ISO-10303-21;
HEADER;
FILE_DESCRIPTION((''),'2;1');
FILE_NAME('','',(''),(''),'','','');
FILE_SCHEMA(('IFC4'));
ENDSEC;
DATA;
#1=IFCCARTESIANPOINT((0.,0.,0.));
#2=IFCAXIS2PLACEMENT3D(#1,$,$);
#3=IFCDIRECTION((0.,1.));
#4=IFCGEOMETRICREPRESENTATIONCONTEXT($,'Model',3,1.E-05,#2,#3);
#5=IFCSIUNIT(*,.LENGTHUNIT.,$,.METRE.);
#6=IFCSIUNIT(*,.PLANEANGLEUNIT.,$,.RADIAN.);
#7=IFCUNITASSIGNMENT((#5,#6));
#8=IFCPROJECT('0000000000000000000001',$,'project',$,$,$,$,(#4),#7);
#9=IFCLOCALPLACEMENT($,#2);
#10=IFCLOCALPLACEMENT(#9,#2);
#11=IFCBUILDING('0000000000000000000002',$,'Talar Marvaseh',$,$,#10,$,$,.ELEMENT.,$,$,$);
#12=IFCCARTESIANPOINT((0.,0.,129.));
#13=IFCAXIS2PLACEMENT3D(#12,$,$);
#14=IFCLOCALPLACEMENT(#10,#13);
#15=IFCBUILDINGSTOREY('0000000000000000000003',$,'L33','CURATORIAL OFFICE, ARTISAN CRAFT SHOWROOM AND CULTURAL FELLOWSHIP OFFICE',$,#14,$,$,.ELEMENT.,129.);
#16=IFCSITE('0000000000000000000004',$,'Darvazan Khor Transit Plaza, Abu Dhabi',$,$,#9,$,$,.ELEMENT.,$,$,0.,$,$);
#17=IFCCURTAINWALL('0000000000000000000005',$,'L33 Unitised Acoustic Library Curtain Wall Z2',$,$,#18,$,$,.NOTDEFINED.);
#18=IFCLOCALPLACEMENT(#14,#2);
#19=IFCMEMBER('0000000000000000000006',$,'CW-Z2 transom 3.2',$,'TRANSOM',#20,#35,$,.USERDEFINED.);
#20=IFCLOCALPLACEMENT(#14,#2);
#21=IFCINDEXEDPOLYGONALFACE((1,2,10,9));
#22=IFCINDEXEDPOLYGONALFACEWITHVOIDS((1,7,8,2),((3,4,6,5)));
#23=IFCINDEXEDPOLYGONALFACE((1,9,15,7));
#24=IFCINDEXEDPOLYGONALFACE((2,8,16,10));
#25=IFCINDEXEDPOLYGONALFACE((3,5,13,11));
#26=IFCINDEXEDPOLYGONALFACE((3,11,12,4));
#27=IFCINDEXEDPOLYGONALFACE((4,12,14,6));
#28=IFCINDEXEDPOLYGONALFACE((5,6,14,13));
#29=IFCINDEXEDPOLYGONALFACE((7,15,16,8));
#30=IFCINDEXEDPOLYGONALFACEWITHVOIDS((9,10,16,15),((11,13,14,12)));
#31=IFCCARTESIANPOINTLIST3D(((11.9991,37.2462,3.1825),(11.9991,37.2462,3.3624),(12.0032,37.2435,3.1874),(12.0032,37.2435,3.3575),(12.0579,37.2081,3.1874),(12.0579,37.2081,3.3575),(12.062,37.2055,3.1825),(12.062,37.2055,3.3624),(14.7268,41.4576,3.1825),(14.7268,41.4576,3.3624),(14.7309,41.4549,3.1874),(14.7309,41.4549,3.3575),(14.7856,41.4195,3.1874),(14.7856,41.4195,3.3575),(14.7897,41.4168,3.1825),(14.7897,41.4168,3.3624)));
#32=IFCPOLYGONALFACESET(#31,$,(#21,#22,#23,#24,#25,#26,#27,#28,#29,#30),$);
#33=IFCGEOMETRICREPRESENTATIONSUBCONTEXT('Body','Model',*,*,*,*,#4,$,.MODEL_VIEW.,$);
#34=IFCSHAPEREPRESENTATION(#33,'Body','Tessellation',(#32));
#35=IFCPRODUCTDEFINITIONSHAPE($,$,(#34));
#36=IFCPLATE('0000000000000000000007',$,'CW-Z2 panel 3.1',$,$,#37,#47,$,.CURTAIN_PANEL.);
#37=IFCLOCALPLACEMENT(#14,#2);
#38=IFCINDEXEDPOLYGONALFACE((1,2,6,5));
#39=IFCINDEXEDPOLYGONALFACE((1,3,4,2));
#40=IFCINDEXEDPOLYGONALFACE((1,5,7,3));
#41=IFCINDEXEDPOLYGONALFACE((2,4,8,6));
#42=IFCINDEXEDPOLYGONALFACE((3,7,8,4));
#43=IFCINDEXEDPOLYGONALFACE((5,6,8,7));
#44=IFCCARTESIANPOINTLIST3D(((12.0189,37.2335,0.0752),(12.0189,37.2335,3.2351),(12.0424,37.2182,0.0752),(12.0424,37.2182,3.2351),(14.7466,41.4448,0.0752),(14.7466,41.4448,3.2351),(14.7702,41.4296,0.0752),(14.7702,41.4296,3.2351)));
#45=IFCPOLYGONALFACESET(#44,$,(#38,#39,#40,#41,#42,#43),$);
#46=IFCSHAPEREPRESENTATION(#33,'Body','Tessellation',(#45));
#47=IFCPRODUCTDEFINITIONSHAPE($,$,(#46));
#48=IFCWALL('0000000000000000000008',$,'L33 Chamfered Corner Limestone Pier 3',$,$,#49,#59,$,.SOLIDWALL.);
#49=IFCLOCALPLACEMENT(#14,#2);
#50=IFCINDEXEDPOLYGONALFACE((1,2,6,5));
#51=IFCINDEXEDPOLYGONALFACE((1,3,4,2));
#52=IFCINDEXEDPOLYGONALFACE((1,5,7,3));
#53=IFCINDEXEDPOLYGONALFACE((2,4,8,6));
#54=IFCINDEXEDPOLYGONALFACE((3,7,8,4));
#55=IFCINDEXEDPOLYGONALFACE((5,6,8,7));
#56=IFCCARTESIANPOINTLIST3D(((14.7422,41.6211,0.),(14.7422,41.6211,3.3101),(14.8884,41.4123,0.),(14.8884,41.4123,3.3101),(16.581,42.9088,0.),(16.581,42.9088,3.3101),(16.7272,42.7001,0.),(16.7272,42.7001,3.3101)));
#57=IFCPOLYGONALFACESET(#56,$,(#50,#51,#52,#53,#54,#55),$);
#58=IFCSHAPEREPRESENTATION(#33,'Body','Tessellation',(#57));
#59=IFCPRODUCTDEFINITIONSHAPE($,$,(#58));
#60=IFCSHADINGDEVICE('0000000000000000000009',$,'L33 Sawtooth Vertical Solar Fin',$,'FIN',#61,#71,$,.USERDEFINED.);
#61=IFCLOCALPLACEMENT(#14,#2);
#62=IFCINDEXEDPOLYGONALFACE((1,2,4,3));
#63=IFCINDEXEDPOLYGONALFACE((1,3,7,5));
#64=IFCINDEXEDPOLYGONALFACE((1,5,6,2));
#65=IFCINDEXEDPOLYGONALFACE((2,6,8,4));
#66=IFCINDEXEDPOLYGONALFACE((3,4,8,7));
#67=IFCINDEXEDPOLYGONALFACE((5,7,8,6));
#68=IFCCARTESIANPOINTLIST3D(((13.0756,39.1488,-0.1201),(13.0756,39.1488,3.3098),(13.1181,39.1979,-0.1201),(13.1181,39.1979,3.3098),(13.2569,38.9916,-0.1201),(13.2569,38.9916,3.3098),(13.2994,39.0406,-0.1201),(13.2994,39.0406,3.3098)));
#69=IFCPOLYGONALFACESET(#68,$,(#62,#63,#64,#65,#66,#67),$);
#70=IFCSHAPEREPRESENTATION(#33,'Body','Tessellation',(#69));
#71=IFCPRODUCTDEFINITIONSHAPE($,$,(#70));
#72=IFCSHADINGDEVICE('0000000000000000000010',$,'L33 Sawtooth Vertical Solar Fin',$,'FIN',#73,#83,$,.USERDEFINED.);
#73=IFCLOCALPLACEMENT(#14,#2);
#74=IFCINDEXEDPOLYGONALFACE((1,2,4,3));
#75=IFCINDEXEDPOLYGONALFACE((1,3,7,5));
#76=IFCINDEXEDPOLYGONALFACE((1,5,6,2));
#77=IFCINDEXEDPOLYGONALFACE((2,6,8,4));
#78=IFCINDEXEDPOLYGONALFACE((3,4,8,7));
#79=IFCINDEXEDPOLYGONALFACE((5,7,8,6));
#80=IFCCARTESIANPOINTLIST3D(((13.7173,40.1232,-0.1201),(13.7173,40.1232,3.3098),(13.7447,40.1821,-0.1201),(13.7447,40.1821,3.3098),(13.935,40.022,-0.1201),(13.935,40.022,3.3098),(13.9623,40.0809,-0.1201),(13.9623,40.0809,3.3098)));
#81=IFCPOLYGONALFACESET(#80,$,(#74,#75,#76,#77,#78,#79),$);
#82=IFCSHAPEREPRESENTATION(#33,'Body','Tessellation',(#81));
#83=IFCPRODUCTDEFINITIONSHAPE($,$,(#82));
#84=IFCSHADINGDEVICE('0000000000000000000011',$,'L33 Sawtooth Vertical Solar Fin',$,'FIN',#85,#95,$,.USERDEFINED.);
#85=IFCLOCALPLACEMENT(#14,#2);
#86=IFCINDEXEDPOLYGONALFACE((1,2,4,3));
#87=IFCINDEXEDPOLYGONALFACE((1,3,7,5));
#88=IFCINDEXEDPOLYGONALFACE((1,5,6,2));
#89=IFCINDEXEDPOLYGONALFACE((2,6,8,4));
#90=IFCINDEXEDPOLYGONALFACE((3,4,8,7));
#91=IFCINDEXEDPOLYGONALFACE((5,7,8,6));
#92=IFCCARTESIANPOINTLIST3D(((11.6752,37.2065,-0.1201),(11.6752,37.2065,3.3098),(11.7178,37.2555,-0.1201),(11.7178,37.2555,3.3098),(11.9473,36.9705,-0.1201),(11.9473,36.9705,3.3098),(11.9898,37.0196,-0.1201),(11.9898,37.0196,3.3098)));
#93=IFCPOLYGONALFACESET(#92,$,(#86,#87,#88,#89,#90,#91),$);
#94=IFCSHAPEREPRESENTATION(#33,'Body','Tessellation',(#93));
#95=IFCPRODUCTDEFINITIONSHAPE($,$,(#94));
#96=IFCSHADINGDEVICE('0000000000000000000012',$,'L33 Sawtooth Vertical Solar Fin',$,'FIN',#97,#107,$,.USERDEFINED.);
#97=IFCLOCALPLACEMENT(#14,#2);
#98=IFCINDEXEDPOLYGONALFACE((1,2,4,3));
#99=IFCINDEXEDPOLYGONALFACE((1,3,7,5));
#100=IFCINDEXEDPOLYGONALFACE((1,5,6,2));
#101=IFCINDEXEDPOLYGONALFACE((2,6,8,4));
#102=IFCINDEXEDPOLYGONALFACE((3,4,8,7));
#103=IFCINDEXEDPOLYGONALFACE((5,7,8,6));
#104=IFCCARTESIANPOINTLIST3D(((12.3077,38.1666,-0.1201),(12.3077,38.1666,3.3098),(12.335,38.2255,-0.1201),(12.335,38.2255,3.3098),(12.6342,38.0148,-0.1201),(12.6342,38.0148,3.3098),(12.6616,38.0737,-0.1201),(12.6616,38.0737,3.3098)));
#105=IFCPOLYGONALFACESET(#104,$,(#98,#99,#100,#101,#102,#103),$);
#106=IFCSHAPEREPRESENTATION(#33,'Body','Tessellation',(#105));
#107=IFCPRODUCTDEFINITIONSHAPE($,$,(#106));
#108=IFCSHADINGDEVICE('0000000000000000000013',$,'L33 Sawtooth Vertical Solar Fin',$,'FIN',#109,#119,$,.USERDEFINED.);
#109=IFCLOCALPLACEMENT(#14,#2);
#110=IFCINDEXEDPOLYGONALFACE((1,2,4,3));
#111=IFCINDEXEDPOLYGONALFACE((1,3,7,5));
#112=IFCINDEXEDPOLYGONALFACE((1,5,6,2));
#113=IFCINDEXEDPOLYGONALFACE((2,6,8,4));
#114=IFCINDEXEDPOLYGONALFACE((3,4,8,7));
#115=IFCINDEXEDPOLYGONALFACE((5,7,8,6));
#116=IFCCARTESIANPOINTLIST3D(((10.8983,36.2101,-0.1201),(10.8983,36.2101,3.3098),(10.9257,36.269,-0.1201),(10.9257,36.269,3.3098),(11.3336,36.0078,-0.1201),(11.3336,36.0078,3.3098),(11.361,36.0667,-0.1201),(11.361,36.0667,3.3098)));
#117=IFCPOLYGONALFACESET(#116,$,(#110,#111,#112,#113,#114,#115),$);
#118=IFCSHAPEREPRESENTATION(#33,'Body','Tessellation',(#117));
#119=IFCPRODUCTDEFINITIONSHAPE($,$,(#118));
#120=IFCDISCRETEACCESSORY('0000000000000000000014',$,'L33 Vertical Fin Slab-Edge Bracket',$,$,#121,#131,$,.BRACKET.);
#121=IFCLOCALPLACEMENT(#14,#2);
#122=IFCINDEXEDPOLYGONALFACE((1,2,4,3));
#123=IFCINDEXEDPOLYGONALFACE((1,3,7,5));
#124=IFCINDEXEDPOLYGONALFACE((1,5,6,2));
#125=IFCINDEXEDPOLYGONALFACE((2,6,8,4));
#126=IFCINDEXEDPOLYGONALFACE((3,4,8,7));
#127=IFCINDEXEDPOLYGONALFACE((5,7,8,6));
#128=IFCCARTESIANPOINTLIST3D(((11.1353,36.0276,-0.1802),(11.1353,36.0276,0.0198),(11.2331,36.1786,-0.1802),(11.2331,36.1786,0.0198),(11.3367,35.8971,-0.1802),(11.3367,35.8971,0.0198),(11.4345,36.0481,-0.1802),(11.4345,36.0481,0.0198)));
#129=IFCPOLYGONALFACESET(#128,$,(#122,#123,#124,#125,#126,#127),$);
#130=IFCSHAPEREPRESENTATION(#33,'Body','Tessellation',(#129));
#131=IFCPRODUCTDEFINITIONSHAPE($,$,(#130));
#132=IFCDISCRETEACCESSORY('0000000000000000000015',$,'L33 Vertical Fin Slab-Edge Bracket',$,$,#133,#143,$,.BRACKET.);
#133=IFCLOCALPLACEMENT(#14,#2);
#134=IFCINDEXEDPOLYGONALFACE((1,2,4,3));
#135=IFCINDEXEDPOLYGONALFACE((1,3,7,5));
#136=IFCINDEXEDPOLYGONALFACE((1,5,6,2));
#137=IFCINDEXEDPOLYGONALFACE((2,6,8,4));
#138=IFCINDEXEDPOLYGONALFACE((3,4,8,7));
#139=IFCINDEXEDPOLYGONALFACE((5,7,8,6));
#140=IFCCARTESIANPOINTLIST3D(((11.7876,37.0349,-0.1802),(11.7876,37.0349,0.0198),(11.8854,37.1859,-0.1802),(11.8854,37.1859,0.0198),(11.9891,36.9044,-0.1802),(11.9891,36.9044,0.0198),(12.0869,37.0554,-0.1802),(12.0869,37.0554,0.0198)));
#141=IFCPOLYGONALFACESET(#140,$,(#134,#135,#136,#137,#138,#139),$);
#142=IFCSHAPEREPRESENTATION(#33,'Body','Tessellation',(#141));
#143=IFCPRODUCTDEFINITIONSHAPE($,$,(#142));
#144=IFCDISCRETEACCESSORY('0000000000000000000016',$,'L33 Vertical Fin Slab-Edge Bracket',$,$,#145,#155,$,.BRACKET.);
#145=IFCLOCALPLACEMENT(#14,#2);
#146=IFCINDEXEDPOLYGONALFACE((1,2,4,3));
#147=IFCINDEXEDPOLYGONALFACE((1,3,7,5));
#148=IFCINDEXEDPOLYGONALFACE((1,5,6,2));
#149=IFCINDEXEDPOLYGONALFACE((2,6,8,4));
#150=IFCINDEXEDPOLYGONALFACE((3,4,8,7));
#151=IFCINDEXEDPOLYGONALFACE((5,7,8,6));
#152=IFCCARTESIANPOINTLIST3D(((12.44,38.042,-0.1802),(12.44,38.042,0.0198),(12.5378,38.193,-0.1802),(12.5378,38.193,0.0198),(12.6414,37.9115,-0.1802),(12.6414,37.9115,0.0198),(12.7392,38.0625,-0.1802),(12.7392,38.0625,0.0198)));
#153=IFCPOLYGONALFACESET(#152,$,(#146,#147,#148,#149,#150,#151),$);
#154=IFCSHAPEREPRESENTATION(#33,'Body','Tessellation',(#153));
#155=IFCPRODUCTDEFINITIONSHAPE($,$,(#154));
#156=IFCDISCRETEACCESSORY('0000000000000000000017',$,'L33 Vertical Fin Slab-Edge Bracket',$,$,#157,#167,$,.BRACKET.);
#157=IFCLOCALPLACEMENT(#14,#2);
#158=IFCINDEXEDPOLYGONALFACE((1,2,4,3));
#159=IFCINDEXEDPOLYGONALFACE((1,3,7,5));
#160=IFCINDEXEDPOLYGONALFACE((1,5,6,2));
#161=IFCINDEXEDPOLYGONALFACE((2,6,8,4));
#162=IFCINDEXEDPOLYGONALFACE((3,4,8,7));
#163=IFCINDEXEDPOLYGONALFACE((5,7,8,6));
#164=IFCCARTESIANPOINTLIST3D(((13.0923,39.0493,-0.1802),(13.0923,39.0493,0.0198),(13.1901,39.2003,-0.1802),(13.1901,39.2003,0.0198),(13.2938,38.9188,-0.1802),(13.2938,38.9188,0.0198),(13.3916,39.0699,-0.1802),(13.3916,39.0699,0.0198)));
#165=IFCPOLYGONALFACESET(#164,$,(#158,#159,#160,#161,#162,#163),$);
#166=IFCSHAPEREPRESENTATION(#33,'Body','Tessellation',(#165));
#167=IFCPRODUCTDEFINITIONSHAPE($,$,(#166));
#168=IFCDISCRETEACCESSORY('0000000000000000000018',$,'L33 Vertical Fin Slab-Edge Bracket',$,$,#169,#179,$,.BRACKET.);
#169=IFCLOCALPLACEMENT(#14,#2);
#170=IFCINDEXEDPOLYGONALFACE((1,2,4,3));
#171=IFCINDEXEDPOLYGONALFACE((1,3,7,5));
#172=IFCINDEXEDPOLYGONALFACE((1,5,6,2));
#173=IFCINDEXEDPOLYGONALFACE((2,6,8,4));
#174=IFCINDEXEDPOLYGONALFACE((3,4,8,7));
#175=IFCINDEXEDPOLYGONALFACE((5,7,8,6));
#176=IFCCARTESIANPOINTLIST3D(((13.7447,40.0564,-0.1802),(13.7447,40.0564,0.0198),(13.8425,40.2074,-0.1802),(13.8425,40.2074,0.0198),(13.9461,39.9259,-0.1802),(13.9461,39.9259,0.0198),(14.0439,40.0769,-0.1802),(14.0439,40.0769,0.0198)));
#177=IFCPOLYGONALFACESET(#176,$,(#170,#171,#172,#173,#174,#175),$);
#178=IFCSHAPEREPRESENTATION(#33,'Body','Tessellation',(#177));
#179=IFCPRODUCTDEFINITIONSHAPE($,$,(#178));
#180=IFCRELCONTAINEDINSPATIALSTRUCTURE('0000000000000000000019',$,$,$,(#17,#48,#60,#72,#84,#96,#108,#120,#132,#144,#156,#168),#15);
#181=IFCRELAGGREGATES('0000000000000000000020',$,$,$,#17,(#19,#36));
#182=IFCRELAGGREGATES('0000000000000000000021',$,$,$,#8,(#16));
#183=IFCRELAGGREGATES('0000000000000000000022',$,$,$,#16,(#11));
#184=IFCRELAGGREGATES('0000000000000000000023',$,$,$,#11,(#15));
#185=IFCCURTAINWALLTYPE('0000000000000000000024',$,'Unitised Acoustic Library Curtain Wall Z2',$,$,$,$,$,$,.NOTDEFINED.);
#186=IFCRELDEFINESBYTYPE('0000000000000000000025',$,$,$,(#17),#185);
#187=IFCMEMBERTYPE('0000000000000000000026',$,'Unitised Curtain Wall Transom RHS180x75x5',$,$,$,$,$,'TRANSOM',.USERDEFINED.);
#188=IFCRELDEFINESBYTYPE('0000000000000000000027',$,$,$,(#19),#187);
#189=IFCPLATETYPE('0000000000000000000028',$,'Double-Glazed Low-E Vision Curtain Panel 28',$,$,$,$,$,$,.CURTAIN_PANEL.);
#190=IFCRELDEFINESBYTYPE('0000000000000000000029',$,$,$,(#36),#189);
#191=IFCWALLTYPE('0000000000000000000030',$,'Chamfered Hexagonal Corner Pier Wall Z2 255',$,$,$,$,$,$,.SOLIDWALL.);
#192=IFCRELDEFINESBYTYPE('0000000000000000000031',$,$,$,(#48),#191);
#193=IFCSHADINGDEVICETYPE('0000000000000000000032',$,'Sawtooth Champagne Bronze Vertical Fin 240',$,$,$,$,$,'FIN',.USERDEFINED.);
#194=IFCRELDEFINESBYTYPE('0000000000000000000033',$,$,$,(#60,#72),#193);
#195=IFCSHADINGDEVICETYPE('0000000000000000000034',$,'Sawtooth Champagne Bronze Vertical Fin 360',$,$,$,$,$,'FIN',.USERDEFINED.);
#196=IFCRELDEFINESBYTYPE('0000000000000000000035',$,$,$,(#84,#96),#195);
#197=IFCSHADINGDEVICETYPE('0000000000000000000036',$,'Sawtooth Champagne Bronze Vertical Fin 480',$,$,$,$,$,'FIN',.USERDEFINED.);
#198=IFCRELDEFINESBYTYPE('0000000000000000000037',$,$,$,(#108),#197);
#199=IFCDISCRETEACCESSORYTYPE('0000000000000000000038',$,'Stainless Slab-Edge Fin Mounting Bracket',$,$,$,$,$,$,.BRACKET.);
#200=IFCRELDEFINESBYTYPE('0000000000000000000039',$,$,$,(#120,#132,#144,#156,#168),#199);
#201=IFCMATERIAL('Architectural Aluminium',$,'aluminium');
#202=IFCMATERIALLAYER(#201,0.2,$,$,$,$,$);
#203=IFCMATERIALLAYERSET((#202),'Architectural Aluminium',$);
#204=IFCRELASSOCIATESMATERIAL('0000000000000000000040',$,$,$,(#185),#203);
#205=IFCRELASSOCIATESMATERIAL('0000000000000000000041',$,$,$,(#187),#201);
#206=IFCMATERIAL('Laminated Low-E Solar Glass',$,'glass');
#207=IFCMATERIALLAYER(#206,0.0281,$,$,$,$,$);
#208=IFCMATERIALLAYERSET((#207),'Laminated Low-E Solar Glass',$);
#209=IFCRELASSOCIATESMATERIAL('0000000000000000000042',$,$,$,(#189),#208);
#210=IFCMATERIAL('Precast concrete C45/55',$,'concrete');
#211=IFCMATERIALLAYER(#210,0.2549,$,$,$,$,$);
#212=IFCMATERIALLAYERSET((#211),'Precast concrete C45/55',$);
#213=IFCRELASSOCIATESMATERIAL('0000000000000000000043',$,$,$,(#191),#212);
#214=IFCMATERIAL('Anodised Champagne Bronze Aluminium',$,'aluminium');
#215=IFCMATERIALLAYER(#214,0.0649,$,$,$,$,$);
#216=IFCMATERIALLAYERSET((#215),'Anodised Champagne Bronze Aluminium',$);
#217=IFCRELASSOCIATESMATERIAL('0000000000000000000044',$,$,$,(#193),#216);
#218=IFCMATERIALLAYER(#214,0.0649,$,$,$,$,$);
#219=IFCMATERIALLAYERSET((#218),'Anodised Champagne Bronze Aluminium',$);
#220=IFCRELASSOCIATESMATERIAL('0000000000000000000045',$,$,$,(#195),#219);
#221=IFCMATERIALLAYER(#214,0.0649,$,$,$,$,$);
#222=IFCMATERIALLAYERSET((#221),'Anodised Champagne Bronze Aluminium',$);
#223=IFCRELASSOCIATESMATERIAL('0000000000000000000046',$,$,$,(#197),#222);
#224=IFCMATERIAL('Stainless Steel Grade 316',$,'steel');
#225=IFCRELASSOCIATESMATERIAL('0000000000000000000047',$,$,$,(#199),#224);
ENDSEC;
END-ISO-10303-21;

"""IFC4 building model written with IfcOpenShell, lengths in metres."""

from ifc_helpers import new_model, si_unit, direction, frame, frame_2d, origin, origin_2d, place, context, subcontext, project, spatial, rectangle, hollow_rectangle, extrude, source, transform, mapped, material, layer, layer_set, material_profile, profile_set, type_object, type_shapes, element, aggregate, save


model = new_model("IFC4")

# Units and contexts
model_context = context("Model", 3, precision=1e-05, world=origin(), true_north=direction((0.0, 1.0)))
body_context = subcontext(model_context, "Body", "Model", "MODEL_VIEW")
ifc_project = project(units=[si_unit("LENGTHUNIT", "METRE"), si_unit("PLANEANGLEUNIT", "RADIAN")], contexts=[model_context])

# Site, building, storey
site_placement = place(None, origin())
site = spatial("IfcSite", under=ifc_project, at=site_placement, Name="Darvazan Khor Transit Plaza, Abu Dhabi", CompositionType="ELEMENT", RefElevation=0.0)
building_placement = place(site_placement, origin())
building = spatial("IfcBuilding", under=site, at=building_placement, Name="Talar Marvaseh", CompositionType="ELEMENT")
storey_placement = place(building_placement, frame((0.0, 0.0, 129.0)))
storey = spatial("IfcBuildingStorey", under=building, at=storey_placement, Name="L33", Description="CURATORIAL OFFICE, ARTISAN CRAFT SHOWROOM AND CULTURAL FELLOWSHIP OFFICE", CompositionType="ELEMENT", Elevation=129.0)

# Curtain wall
ifc_material_1 = material(Name="Architectural Aluminium", Category="aluminium")
ifc_layer_1 = layer(ifc_material_1, 0.2)
ifc_layer_set_1 = layer_set([ifc_layer_1], Name="Architectural Aluminium")
curtain_wall_type = type_object("IfcCurtainWallType", Name="Unitised Acoustic Library Curtain Wall Z2", PredefinedType="NOTDEFINED", material=ifc_layer_set_1)
curtain_wall_1_placement = place(storey_placement, origin())
curtain_wall_1 = element("IfcCurtainWall", 1, at=curtain_wall_1_placement, inside=storey, type_object=curtain_wall_type, Name="L33 Unitised Acoustic Library Curtain Wall Z2", PredefinedType="NOTDEFINED")

# Member
ifc_material_profile_1 = material_profile(ifc_material_1, hollow_rectangle(XDim=0.075, YDim=0.1799, WallThickness=0.0049, at=origin_2d()), Name="RHS180x75x5")
ifc_profile_set_1 = profile_set([ifc_material_profile_1], Name="Architectural Aluminium")
member_type_1 = type_object("IfcMemberType", Name="Unitised Curtain Wall Transom RHS180x75x5", ElementType="TRANSOM", PredefinedType="USERDEFINED", material=ifc_profile_set_1)
shared_shape_1 = source(origin(), body_context, "Body", "SweptSolid", [
    extrude(hollow_rectangle(XDim=0.075, YDim=0.1799, WallThickness=0.0049, at=origin_2d()), origin(), (0.0, 0.0, 1.0), 5.0176),
])
type_shapes(member_type_1, [shared_shape_1])
member_1_placement = place(storey_placement, frame((12.0305, 37.2258, 3.2725), z_axis=(0.543637, 0.839321, 0.0), x_axis=(-0.839321, 0.543637, 0.0)))
member_1 = element("IfcMember", 2, at=member_1_placement, type_object=member_type_1, Name="CW-Z2 transom 3.2", ObjectType="TRANSOM", PredefinedType="USERDEFINED", context=body_context, shape_type="MappedRepresentation", body=[
    mapped(shared_shape_1, transform((0.0, 0.0, 0.0), x_axis=(1.0, 0.0, 0.0), y_axis=(0.0, 1.0, 0.0), z_axis=(0.0, 0.0, 1.0), scale=1.0)),
])

# Plate
ifc_material_2 = material(Name="Laminated Low-E Solar Glass", Category="glass")
ifc_layer_2 = layer(ifc_material_2, 0.0281)
ifc_layer_set_2 = layer_set([ifc_layer_2], Name="Laminated Low-E Solar Glass")
plate_type = type_object("IfcPlateType", Name="Double-Glazed Low-E Vision Curtain Panel 28", PredefinedType="CURTAIN_PANEL", material=ifc_layer_set_2)
shared_shape_2 = source(origin(), body_context, "Body", "SweptSolid", [
    extrude(rectangle(XDim=5.0176, YDim=0.0281, at=origin_2d()), origin(), (0.0, 0.0, 1.0), 3.1599),
])
type_shapes(plate_type, [shared_shape_2])
plate_placement = place(storey_placement, frame((13.3945, 39.3315, 0.0752), z_axis=(0.0, 0.0, 1.0), x_axis=(0.543646, 0.839315, 0.0)))
plate = element("IfcPlate", 3, at=plate_placement, type_object=plate_type, Name="CW-Z2 panel 3.1", PredefinedType="CURTAIN_PANEL", context=body_context, shape_type="MappedRepresentation", body=[
    mapped(shared_shape_2, transform((0.0, 0.0, 0.0), x_axis=(1.0, 0.0, 0.0), y_axis=(0.0, 1.0, 0.0), z_axis=(0.0, 0.0, 1.0), scale=1.0)),
])
aggregate(curtain_wall_1, [member_1, plate])

# Wall
ifc_material_3 = material(Name="Precast concrete C45/55", Category="concrete")
ifc_layer_3 = layer(ifc_material_3, 0.2549)
ifc_layer_set_3 = layer_set([ifc_layer_3], Name="Precast concrete C45/55")
wall_type = type_object("IfcWallType", Name="Chamfered Hexagonal Corner Pier Wall Z2 255", PredefinedType="SOLIDWALL", material=ifc_layer_set_3)
wall_placement = place(storey_placement, frame((14.8152, 41.5166, 0.0), z_axis=(0.0, 0.0, 1.0), x_axis=(0.819099, 0.573652, 0.0)))
element("IfcWall", 4, at=wall_placement, inside=storey, type_object=wall_type, Name="L33 Chamfered Corner Limestone Pier 3", PredefinedType="SOLIDWALL", context=body_context, shape_type="SweptSolid", body=[
    extrude(rectangle(XDim=2.2449, YDim=0.2549, at=frame_2d((1.1226, 0.0))), origin(), (0.0, 0.0, 1.0), 3.3101),
])

# Shading devices
ifc_material_4 = material(Name="Anodised Champagne Bronze Aluminium", Category="aluminium")
ifc_layer_4 = layer(ifc_material_4, 0.0649)
ifc_layer_set_4 = layer_set([ifc_layer_4], Name="Anodised Champagne Bronze Aluminium")
shading_device_type_1 = type_object("IfcShadingDeviceType", Name="Sawtooth Champagne Bronze Vertical Fin 240", ElementType="FIN", PredefinedType="USERDEFINED", material=ifc_layer_set_4)
shared_shape_3 = source(origin(), body_context, "Body", "SweptSolid", [
    extrude(rectangle(XDim=0.24, YDim=0.0649, at=origin_2d()), origin(), (0.0, 0.0, 1.0), 3.4299),
])
type_shapes(shading_device_type_1, [shared_shape_3])
for number, where, z_axis, x_axis, name in (
    (5, (13.1875, 39.0947, -0.1201), (0.0, 0.0, 1.0), (-0.755511, 0.655136, 0.0), "L33 Sawtooth Vertical Solar Fin"),
    (6, (13.8398, 40.1021, -0.1201), (0.0, 0.0, 1.0), (-0.906823, 0.421511, 0.0), "L33 Sawtooth Vertical Solar Fin"),
):
    element("IfcShadingDevice", number, at=place(storey_placement, frame(where, z_axis=z_axis, x_axis=x_axis)), inside=storey, type_object=shading_device_type_1, Name=name, ObjectType="FIN", PredefinedType="USERDEFINED", context=body_context, shape_type="MappedRepresentation", body=[
        mapped(shared_shape_3, transform((0.0, 0.0, 0.0), x_axis=(1.0, 0.0, 0.0), y_axis=(0.0, 1.0, 0.0), z_axis=(0.0, 0.0, 1.0), scale=1.0)),
    ])
ifc_layer_5 = layer(ifc_material_4, 0.0649)
ifc_layer_set_5 = layer_set([ifc_layer_5], Name="Anodised Champagne Bronze Aluminium")
shading_device_type_2 = type_object("IfcShadingDeviceType", Name="Sawtooth Champagne Bronze Vertical Fin 360", ElementType="FIN", PredefinedType="USERDEFINED", material=ifc_layer_set_5)
shared_shape_4 = source(origin(), body_context, "Body", "SweptSolid", [
    extrude(rectangle(XDim=0.3601, YDim=0.0649, at=origin_2d()), origin(), (0.0, 0.0, 1.0), 3.4299),
])
type_shapes(shading_device_type_2, [shared_shape_4])
for number, where, z_axis, x_axis, name in (
    (7, (11.8325, 37.113, -0.1201), (0.0, 0.0, 1.0), (-0.755511, 0.655136, 0.0), "L33 Sawtooth Vertical Solar Fin"),
    (8, (12.4846, 38.1201, -0.1201), (0.0, 0.0, 1.0), (-0.906823, 0.421511, 0.0), "L33 Sawtooth Vertical Solar Fin"),
):
    element("IfcShadingDevice", number, at=place(storey_placement, frame(where, z_axis=z_axis, x_axis=x_axis)), inside=storey, type_object=shading_device_type_2, Name=name, ObjectType="FIN", PredefinedType="USERDEFINED", context=body_context, shape_type="MappedRepresentation", body=[
        mapped(shared_shape_4, transform((0.0, 0.0, 0.0), x_axis=(1.0, 0.0, 0.0), y_axis=(0.0, 1.0, 0.0), z_axis=(0.0, 0.0, 1.0), scale=1.0)),
    ])
ifc_layer_6 = layer(ifc_material_4, 0.0649)
ifc_layer_set_6 = layer_set([ifc_layer_6], Name="Anodised Champagne Bronze Aluminium")
shading_device_type_3 = type_object("IfcShadingDeviceType", Name="Sawtooth Champagne Bronze Vertical Fin 480", ElementType="FIN", PredefinedType="USERDEFINED", material=ifc_layer_set_6)
shared_shape_5 = source(origin(), body_context, "Body", "SweptSolid", [
    extrude(rectangle(XDim=0.48, YDim=0.0649, at=origin_2d()), origin(), (0.0, 0.0, 1.0), 3.4299),
])
type_shapes(shading_device_type_3, [shared_shape_5])
shading_device_placement = place(storey_placement, frame((11.1296, 36.1384, -0.1201), z_axis=(0.0, 0.0, 1.0), x_axis=(-0.906823, 0.421511, 0.0)))
element("IfcShadingDevice", 9, at=shading_device_placement, inside=storey, type_object=shading_device_type_3, Name="L33 Sawtooth Vertical Solar Fin", ObjectType="FIN", PredefinedType="USERDEFINED", context=body_context, shape_type="MappedRepresentation", body=[
    mapped(shared_shape_5, transform((0.0, 0.0, 0.0), x_axis=(1.0, 0.0, 0.0), y_axis=(0.0, 1.0, 0.0), z_axis=(0.0, 0.0, 1.0), scale=1.0)),
])

# Discrete accessories
ifc_material_5 = material(Name="Stainless Steel Grade 316", Category="steel")
discrete_accessory_type = type_object("IfcDiscreteAccessoryType", Name="Stainless Slab-Edge Fin Mounting Bracket", PredefinedType="BRACKET", material=ifc_material_5)
shared_shape_6 = source(origin(), body_context, "Body", "SweptSolid", [
    extrude(rectangle(XDim=0.24, YDim=0.1799, at=origin_2d()), origin(), (0.0, 0.0, 1.0), 0.2),
])
type_shapes(discrete_accessory_type, [shared_shape_6])
for number, where, z_axis, x_axis, name in (
    (10, (11.2849, 36.0378, -0.1802), (0.0, 0.0, 1.0), (-0.839335, 0.543614, 0.0), "L33 Vertical Fin Slab-Edge Bracket"),
    (11, (11.9373, 37.0452, -0.1802), (0.0, 0.0, 1.0), (-0.839335, 0.543614, 0.0), "L33 Vertical Fin Slab-Edge Bracket"),
    (12, (12.5896, 38.0522, -0.1802), (0.0, 0.0, 1.0), (-0.839335, 0.543614, 0.0), "L33 Vertical Fin Slab-Edge Bracket"),
    (13, (13.2419, 39.0596, -0.1802), (0.0, 0.0, 1.0), (-0.839335, 0.543614, 0.0), "L33 Vertical Fin Slab-Edge Bracket"),
    (14, (13.8943, 40.0667, -0.1802), (0.0, 0.0, 1.0), (-0.839335, 0.543614, 0.0), "L33 Vertical Fin Slab-Edge Bracket"),
):
    element("IfcDiscreteAccessory", number, at=place(storey_placement, frame(where, z_axis=z_axis, x_axis=x_axis)), inside=storey, type_object=discrete_accessory_type, Name=name, PredefinedType="BRACKET", context=body_context, shape_type="MappedRepresentation", body=[
        mapped(shared_shape_6, transform((0.0, 0.0, 0.0), x_axis=(1.0, 0.0, 0.0), y_axis=(0.0, 1.0, 0.0), z_axis=(0.0, 0.0, 1.0), scale=1.0)),
    ])

save(model, "model.ifc")
